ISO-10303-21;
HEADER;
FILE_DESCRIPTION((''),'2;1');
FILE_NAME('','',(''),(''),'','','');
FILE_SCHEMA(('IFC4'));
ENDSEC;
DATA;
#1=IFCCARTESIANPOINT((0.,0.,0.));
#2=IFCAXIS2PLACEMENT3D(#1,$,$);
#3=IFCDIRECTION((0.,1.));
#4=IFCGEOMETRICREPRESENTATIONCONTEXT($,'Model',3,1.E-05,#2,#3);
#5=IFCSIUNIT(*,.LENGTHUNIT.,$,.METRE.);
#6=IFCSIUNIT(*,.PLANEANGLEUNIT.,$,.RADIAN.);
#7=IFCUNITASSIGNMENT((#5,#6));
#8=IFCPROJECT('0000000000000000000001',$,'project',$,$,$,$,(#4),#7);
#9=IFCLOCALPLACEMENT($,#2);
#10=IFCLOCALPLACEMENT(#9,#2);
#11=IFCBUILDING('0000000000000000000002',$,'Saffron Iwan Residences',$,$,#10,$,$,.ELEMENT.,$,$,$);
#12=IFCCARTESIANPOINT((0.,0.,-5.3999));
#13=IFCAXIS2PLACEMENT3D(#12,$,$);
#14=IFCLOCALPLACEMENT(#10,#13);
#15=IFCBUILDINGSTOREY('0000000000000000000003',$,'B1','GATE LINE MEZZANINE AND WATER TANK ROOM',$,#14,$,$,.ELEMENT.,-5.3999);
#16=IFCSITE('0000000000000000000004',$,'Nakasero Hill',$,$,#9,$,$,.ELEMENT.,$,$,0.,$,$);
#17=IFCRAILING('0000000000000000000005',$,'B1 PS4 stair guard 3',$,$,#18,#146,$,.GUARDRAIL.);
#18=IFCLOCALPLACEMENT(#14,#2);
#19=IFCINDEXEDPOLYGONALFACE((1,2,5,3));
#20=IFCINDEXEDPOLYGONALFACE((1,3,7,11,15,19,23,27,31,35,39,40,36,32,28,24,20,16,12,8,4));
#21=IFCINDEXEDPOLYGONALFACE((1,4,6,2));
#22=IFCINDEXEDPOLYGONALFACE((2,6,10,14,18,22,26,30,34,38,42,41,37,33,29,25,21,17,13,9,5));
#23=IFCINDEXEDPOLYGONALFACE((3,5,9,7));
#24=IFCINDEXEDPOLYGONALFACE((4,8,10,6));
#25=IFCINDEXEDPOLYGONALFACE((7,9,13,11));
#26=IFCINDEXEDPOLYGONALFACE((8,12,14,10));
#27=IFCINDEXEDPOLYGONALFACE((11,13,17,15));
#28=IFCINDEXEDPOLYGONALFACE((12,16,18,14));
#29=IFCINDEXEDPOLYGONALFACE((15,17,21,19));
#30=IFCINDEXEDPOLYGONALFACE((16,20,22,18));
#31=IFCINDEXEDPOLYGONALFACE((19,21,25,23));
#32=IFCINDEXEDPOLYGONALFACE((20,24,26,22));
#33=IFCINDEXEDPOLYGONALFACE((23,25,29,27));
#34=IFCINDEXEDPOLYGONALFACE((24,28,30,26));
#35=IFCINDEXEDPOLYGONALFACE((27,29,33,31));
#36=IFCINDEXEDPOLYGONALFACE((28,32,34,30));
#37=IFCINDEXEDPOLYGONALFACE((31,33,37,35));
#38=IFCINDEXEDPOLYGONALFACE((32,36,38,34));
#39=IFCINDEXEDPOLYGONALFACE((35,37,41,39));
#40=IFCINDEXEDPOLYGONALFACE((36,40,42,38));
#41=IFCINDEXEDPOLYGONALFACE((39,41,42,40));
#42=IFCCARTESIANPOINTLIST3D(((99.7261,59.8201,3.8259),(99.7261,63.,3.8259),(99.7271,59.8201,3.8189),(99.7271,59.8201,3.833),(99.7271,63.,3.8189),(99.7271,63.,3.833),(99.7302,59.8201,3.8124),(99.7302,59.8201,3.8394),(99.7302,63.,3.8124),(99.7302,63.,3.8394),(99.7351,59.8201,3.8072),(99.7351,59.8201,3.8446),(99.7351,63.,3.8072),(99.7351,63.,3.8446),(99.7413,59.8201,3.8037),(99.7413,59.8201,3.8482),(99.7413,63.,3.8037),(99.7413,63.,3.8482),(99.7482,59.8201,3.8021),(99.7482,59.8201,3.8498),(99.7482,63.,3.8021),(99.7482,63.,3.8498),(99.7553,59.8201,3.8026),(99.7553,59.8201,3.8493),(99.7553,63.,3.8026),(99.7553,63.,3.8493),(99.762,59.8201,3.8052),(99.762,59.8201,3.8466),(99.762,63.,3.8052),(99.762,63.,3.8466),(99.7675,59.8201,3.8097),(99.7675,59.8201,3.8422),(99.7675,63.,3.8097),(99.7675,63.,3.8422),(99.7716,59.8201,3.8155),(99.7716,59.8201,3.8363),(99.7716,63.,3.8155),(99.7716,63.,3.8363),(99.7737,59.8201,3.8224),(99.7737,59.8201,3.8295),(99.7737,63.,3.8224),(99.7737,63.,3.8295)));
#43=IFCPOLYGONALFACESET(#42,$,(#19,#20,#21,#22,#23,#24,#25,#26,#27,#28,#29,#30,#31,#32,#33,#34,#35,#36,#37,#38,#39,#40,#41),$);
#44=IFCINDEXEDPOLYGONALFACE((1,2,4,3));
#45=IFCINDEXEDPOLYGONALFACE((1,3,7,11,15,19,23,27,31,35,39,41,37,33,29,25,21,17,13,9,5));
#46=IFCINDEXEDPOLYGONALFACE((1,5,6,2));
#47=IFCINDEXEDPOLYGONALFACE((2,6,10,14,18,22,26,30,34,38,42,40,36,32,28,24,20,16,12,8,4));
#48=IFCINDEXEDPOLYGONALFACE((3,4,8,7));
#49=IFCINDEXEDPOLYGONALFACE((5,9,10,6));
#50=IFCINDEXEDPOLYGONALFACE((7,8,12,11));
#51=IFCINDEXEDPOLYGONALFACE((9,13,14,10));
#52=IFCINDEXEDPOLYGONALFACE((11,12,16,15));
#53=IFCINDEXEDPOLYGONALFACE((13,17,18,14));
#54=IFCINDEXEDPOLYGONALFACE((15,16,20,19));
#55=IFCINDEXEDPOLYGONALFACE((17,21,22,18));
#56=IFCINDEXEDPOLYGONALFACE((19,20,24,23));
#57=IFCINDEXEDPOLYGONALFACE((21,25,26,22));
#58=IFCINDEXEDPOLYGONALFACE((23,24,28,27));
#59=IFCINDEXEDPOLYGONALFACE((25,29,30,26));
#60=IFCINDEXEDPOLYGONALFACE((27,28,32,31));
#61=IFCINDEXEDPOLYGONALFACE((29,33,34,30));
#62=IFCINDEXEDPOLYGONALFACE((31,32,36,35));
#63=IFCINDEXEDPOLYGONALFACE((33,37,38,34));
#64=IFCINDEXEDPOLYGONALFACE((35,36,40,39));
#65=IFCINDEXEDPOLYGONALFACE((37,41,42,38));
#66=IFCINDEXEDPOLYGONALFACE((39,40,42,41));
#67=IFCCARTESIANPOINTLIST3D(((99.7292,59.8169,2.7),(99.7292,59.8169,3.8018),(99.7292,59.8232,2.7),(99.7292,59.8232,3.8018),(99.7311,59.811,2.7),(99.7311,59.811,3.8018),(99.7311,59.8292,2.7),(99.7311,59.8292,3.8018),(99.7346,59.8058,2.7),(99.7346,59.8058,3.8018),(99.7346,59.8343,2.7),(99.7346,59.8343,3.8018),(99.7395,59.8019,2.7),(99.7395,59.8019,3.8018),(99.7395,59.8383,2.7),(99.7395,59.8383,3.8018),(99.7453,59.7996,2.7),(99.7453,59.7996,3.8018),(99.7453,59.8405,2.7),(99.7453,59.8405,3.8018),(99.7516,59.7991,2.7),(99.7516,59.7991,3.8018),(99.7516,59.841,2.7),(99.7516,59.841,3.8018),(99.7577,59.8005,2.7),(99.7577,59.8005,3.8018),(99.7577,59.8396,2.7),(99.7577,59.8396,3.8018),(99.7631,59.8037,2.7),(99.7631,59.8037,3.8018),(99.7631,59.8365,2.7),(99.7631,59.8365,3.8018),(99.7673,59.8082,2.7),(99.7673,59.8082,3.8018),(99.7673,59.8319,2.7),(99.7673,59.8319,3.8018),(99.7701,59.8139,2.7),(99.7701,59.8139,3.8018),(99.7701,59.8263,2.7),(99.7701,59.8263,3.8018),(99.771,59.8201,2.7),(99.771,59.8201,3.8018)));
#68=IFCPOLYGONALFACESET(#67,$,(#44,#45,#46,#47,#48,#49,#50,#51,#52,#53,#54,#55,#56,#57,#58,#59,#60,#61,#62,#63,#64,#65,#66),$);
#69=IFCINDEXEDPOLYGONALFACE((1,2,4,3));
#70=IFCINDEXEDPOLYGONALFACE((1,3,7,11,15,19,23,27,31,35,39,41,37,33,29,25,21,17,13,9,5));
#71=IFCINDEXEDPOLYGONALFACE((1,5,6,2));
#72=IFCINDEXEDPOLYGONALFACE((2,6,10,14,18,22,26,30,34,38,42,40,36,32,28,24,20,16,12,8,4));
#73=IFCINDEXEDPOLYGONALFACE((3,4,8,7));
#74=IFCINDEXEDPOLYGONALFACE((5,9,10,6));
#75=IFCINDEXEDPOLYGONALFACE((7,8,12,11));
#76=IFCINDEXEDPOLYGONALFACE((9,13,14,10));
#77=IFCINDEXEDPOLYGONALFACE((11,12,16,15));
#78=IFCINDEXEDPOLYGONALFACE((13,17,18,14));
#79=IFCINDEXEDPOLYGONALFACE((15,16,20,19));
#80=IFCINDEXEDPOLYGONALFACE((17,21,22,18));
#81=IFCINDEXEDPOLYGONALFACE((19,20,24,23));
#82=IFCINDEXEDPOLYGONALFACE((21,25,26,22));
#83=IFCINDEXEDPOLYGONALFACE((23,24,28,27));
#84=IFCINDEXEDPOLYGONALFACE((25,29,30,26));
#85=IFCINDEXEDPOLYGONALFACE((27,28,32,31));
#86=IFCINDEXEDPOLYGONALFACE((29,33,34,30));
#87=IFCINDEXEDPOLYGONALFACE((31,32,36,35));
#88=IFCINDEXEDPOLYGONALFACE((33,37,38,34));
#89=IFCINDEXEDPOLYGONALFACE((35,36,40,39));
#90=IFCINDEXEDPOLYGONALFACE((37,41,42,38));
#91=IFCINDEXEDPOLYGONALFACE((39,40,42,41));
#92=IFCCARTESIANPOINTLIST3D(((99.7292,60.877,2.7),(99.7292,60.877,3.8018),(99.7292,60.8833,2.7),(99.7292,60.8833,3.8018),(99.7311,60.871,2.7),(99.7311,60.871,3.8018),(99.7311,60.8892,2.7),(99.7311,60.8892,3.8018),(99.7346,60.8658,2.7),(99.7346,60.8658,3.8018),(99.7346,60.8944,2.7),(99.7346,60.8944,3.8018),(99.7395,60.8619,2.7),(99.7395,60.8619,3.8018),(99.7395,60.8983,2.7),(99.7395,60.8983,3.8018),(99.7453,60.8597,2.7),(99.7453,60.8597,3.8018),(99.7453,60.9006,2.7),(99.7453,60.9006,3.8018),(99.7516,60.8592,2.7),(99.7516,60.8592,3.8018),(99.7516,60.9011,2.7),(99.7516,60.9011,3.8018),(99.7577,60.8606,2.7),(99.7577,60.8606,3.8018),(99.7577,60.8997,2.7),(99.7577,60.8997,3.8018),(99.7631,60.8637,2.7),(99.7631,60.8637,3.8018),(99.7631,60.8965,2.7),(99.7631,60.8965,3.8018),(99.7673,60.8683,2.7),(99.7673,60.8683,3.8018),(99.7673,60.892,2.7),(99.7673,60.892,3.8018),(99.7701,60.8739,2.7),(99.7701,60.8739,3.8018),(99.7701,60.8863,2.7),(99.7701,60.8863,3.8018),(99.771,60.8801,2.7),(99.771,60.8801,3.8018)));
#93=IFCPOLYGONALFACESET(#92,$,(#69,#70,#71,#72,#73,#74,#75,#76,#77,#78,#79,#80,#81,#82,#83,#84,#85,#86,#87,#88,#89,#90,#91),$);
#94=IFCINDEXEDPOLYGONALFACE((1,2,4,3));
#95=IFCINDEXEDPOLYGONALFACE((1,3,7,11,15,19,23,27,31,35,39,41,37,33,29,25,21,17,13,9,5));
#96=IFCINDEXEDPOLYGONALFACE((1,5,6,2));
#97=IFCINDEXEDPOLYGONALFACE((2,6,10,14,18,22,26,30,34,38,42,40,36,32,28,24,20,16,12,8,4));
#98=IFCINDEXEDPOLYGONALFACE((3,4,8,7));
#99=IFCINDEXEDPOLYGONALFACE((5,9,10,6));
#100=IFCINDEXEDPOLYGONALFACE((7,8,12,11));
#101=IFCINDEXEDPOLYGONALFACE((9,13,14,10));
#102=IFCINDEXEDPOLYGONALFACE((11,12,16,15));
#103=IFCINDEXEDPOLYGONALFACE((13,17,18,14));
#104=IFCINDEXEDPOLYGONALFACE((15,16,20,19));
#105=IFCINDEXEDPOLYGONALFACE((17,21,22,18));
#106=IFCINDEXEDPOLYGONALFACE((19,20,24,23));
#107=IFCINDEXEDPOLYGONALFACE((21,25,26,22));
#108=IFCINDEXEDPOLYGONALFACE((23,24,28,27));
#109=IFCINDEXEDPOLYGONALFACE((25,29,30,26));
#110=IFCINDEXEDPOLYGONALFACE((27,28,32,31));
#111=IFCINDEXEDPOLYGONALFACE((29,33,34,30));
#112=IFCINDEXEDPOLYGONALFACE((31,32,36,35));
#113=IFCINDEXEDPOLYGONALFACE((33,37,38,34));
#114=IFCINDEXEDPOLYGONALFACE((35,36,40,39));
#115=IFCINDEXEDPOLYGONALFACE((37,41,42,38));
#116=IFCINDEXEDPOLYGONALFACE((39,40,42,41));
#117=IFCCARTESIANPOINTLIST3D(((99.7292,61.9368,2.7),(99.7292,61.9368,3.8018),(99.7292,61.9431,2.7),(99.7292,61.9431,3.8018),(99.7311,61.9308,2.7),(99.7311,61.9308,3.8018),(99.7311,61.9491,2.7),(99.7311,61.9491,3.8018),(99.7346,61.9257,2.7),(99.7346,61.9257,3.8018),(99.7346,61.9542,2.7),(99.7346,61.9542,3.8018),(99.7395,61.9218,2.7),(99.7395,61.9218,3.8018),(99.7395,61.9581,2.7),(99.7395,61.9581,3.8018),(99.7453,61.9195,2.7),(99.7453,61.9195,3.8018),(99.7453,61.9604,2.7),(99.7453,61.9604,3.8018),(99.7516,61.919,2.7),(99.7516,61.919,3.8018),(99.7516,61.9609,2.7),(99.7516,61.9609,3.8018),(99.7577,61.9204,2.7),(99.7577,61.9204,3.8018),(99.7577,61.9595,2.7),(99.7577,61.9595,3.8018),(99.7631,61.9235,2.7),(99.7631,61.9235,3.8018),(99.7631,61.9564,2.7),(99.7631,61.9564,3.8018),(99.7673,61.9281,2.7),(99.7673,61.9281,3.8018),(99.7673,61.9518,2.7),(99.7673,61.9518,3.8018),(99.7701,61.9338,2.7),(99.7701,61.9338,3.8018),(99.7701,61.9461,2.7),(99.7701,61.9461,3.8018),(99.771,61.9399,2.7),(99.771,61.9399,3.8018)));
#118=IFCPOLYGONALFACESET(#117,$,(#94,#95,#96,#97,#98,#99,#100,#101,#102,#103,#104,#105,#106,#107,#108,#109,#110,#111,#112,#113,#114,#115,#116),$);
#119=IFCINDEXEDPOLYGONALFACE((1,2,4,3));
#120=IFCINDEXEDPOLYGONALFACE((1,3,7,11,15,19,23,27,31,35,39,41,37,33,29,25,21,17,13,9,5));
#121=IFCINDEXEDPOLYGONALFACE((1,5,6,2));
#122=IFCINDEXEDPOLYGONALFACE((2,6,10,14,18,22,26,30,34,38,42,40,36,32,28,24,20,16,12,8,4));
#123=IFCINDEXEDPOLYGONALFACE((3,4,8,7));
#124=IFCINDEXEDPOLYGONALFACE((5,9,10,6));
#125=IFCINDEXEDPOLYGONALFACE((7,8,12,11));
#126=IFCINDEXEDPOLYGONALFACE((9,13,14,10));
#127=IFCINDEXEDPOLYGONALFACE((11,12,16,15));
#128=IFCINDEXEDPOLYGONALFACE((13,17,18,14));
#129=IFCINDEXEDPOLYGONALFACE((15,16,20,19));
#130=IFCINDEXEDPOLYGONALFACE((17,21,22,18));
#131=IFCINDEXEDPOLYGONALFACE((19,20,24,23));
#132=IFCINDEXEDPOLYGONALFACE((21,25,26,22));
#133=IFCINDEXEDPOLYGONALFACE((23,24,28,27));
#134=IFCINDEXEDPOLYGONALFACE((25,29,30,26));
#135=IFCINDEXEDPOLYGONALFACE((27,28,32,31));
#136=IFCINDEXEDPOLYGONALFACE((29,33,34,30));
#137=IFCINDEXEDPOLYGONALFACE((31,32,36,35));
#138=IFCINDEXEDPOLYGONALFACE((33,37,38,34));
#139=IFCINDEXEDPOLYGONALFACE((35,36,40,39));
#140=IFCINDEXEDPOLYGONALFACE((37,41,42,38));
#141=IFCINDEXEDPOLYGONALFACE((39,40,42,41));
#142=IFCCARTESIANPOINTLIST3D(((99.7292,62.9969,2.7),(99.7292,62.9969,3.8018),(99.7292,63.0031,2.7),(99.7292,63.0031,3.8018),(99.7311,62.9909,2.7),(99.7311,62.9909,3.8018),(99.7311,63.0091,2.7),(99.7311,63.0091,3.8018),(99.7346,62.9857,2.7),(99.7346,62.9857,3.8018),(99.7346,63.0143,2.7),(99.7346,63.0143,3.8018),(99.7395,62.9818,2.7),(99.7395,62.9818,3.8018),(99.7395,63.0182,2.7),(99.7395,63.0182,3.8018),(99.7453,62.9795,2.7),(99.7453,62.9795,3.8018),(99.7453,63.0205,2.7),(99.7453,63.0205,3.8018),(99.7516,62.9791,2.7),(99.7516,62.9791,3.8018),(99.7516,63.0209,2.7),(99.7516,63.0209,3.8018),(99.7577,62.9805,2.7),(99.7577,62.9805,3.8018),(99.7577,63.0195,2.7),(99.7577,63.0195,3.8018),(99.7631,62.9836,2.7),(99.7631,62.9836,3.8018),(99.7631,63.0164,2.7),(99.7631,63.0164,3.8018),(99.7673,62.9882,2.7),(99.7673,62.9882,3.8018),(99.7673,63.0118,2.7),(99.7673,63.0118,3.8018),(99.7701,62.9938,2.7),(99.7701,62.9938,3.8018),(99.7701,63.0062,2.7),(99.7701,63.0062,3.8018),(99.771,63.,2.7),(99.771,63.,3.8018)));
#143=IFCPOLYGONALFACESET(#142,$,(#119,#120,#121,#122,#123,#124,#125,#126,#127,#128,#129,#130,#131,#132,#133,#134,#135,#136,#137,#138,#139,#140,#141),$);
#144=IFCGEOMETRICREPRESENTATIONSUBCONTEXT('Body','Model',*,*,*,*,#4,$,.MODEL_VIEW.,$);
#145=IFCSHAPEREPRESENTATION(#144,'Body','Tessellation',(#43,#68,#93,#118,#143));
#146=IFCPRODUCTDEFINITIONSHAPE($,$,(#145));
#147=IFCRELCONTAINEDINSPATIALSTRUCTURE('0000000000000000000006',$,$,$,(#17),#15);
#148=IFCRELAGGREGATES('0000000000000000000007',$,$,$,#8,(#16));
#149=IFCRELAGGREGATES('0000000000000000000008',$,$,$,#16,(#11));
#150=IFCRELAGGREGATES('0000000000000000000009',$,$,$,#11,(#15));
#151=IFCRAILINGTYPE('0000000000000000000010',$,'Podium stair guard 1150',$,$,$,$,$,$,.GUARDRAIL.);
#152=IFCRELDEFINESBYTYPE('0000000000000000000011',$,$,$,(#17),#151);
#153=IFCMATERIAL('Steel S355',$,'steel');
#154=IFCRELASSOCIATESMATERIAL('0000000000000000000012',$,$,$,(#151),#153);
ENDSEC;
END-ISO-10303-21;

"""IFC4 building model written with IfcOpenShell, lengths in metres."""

from ifc_helpers import new_model, si_unit, direction, frame, origin, origin_2d, place, context, subcontext, project, spatial, circle, extrude, material, type_object, element, save


model = new_model("IFC4")

# Units and contexts
model_context = context("Model", 3, precision=1e-05, world=origin(), true_north=direction((0.0, 1.0)))
body_context = subcontext(model_context, "Body", "Model", "MODEL_VIEW")
ifc_project = project(units=[si_unit("LENGTHUNIT", "METRE"), si_unit("PLANEANGLEUNIT", "RADIAN")], contexts=[model_context])

# Site, building, storey
site_placement = place(None, origin())
site = spatial("IfcSite", under=ifc_project, at=site_placement, Name="Nakasero Hill", CompositionType="ELEMENT", RefElevation=0.0)
building_placement = place(site_placement, origin())
building = spatial("IfcBuilding", under=site, at=building_placement, Name="Saffron Iwan Residences", CompositionType="ELEMENT")
storey_placement = place(building_placement, frame((0.0, 0.0, -5.3999)))
storey = spatial("IfcBuildingStorey", under=building, at=storey_placement, Name="B1", Description="GATE LINE MEZZANINE AND WATER TANK ROOM", CompositionType="ELEMENT", Elevation=-5.3999)

# Railing
ifc_material_1 = material(Name="Steel S355", Category="steel")
railing_type_1 = type_object("IfcRailingType", Name="Podium stair guard 1150", PredefinedType="GUARDRAIL", material=ifc_material_1)
railing_1_placement = place(storey_placement, frame((99.75, 59.8201, 2.7)))
element("IfcRailing", 1, at=railing_1_placement, inside=storey, type_object=railing_type_1, Name="B1 PS4 stair guard 3", PredefinedType="GUARDRAIL", context=body_context, shape_type="SweptSolid", body=[
    extrude(circle(Radius=0.0239, at=origin_2d()), frame((0.0, 0.0, 1.126), z_axis=(0.0, 1.0, 0.0), x_axis=(-1.0, 0.0, 0.0)), (0.0, 0.0, 1.0), 3.1799),
    extrude(circle(Radius=0.021, at=origin_2d()), origin(), (0.0, 0.0, 1.0), 1.1018),
    extrude(circle(Radius=0.021, at=origin_2d()), frame((0.0, 1.0601, 0.0)), (0.0, 0.0, 1.0), 1.1018),
    extrude(circle(Radius=0.021, at=origin_2d()), frame((0.0, 2.1199, 0.0)), (0.0, 0.0, 1.0), 1.1018),
    extrude(circle(Radius=0.021, at=origin_2d()), frame((0.0, 3.1799, 0.0)), (0.0, 0.0, 1.0), 1.1018),
])

save(model, "model.ifc")
